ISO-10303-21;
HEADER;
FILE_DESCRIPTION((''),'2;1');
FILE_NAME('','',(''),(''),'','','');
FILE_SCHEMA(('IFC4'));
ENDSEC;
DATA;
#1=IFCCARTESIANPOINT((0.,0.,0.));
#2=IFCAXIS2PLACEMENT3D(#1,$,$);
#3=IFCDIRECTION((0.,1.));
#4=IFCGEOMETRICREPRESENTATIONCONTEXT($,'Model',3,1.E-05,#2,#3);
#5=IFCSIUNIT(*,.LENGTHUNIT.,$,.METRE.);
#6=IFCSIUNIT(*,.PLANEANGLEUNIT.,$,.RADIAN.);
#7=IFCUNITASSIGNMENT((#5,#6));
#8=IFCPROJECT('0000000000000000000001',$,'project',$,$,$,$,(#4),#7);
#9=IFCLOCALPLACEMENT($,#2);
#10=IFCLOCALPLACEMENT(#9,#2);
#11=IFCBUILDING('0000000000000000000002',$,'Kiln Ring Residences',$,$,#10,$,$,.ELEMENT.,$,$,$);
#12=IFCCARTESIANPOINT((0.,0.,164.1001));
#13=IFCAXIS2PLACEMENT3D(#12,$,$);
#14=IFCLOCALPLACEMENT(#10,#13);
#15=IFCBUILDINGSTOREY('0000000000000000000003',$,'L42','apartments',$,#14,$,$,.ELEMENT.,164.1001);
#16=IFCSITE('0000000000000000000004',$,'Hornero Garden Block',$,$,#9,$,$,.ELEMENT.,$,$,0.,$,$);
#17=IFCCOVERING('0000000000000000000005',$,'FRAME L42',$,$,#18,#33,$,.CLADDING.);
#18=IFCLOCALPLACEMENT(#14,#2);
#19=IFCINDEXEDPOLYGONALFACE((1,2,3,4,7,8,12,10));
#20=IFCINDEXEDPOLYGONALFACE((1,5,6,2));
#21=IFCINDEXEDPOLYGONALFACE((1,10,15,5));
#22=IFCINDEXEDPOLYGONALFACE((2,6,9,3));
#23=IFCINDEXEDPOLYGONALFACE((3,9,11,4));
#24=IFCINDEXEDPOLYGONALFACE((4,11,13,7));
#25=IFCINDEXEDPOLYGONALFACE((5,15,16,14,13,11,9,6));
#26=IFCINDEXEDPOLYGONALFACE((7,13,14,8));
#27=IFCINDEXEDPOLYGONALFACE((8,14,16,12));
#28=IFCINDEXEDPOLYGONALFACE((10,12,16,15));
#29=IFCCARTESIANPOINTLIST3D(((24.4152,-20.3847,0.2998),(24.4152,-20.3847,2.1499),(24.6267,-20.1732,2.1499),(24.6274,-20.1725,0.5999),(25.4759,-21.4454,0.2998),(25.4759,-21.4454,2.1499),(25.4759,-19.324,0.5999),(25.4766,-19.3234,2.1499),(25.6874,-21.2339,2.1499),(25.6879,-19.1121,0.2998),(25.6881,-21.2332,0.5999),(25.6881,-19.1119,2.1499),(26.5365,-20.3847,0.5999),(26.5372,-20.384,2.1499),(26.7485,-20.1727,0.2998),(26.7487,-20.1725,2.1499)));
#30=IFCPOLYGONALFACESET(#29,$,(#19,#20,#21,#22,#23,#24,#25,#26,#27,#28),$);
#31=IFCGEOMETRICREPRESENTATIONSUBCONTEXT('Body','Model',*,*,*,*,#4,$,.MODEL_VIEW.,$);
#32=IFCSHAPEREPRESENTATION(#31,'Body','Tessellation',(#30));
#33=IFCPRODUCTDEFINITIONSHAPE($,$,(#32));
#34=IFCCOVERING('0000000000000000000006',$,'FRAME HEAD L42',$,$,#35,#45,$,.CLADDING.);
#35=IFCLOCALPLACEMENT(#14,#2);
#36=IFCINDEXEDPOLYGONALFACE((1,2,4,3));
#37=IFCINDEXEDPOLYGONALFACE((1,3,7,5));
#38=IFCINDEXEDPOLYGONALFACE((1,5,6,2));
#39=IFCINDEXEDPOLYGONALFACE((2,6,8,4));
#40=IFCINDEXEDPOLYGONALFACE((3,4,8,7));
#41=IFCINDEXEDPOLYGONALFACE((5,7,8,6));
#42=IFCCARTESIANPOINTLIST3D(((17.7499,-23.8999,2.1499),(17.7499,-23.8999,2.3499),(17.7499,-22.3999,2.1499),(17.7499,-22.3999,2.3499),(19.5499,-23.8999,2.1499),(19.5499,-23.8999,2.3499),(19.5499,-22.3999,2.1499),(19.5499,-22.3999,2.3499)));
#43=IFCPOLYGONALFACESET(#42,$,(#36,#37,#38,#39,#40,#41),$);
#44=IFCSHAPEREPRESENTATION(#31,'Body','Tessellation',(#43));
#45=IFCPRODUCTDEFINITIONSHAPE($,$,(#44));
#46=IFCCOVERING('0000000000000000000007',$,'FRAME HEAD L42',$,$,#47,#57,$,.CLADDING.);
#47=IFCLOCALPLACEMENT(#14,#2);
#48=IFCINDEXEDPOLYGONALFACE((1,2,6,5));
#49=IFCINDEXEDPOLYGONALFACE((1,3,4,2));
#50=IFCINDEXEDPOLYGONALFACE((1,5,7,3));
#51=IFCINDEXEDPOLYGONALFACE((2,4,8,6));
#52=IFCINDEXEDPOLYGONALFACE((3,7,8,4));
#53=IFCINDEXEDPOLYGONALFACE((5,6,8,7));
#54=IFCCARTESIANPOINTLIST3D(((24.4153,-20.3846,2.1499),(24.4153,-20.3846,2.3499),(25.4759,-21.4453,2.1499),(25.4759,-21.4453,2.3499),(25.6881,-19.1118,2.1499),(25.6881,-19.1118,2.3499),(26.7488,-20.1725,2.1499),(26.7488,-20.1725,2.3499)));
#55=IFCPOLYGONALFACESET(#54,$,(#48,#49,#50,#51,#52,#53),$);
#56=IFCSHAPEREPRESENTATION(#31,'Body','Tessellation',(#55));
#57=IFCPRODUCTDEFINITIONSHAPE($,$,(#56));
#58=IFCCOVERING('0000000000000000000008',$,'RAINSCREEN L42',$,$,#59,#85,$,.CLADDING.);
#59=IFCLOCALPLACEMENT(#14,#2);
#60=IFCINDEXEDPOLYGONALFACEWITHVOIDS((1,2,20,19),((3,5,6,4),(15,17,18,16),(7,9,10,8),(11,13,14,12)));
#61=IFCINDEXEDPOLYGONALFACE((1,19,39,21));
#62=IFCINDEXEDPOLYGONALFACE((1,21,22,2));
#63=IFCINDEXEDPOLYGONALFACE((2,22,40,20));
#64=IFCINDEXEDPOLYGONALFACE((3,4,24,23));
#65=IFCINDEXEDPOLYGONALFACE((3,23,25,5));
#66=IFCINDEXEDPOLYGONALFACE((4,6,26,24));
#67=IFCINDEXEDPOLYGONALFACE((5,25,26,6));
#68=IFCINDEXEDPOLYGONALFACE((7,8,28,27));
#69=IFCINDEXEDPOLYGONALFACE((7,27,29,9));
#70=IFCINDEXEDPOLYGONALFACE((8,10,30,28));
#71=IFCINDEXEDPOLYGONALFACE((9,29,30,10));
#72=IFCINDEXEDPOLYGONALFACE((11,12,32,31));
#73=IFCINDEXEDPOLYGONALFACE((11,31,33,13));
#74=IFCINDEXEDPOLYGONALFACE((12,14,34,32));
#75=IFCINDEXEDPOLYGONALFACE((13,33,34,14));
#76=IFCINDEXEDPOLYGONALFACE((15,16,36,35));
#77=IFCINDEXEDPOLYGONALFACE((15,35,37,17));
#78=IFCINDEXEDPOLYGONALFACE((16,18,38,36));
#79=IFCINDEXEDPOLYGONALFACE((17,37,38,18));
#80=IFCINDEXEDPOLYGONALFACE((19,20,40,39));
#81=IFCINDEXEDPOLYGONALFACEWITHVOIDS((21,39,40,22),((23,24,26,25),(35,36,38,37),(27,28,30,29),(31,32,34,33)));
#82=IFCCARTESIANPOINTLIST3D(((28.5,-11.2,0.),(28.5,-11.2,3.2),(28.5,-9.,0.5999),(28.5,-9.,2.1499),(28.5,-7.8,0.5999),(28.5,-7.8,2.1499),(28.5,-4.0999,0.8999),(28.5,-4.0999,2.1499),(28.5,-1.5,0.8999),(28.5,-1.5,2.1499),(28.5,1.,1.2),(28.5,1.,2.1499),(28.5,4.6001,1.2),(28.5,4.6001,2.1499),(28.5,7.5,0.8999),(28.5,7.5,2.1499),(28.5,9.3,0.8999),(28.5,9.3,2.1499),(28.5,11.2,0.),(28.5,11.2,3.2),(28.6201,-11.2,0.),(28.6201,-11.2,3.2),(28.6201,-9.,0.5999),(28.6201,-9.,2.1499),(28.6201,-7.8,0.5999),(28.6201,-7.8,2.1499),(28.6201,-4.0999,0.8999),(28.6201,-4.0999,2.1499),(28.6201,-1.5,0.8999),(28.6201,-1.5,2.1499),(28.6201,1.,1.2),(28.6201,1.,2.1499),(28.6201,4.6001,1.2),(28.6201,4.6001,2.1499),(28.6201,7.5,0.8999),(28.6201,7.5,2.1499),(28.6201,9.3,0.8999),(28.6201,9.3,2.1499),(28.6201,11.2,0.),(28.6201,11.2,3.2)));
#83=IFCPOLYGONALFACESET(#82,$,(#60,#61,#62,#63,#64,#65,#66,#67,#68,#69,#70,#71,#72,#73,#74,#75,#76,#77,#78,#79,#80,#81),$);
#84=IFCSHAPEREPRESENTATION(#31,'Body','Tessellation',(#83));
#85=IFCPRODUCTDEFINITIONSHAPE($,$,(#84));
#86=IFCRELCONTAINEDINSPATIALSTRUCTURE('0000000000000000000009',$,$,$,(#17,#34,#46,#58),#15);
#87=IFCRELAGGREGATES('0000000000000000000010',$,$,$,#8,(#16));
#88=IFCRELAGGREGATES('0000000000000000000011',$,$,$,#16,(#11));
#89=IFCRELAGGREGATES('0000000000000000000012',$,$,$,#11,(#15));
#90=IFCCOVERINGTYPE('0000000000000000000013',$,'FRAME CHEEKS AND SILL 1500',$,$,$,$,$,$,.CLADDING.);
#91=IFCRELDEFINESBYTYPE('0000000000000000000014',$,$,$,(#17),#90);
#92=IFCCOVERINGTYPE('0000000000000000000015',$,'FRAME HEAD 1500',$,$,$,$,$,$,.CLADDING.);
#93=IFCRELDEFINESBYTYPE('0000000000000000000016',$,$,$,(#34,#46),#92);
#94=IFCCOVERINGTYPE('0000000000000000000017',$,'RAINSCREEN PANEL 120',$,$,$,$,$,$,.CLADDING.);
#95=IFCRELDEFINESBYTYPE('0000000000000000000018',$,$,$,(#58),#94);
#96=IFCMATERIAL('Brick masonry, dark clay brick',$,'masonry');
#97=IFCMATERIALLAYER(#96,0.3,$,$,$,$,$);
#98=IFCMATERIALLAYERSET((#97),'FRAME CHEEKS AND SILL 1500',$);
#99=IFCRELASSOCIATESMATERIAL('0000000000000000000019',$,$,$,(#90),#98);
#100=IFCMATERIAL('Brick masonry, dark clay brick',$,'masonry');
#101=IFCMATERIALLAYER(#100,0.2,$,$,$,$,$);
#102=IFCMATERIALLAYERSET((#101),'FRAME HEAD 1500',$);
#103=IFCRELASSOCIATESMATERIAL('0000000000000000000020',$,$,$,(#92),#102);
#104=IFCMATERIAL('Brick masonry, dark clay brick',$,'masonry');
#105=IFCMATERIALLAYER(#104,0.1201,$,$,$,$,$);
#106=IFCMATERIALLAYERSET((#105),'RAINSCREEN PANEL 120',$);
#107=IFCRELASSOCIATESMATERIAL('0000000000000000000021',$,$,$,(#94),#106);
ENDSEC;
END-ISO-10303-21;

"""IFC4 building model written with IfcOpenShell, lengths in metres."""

from ifc_helpers import new_model, si_unit, direction, frame, origin, origin_2d, place, context, subcontext, project, spatial, polyline, rectangle, outline, extrude, material, layer, layer_set, type_object, element, save


model = new_model("IFC4")

# Units and contexts
model_context = context("Model", 3, precision=1e-05, world=origin(), true_north=direction((0.0, 1.0)))
body_context = subcontext(model_context, "Body", "Model", "MODEL_VIEW")
ifc_project = project(units=[si_unit("LENGTHUNIT", "METRE"), si_unit("PLANEANGLEUNIT", "RADIAN")], contexts=[model_context])

# Site, building, storey
site_placement = place(None, origin())
site = spatial("IfcSite", under=ifc_project, at=site_placement, Name="Hornero Garden Block", CompositionType="ELEMENT", RefElevation=0.0)
building_placement = place(site_placement, origin())
building = spatial("IfcBuilding", under=site, at=building_placement, Name="Kiln Ring Residences", CompositionType="ELEMENT")
storey_placement = place(building_placement, frame((0.0, 0.0, 164.1001)))
storey = spatial("IfcBuildingStorey", under=building, at=storey_placement, Name="L42", Description="apartments", CompositionType="ELEMENT", Elevation=164.1001)

# Coverings
ifc_material_1 = material(Name="Brick masonry, dark clay brick", Category="masonry")
ifc_layer_1 = layer(ifc_material_1, 0.3)
ifc_layer_set_1 = layer_set([ifc_layer_1], Name="FRAME CHEEKS AND SILL 1500")
covering_type_1 = type_object("IfcCoveringType", Name="FRAME CHEEKS AND SILL 1500", PredefinedType="CLADDING", material=ifc_layer_set_1)
covering_1_placement = place(storey_placement, frame((24.9456, -20.915, 0.2998), z_axis=(0.0, 0.0, 1.0), x_axis=(0.707107, 0.707107, 0.0)))
element("IfcCovering", 1, at=covering_1_placement, inside=storey, type_object=covering_type_1, Name="FRAME L42", PredefinedType="CLADDING", context=body_context, shape_type="SweptSolid", body=[
    extrude(outline(polyline([(0.0, 0.0), (1.7998, 0.0), (1.8, 1.8501), (1.501, 1.8501), (1.5, 0.3), (0.3, 0.3), (0.2991, 1.8501), (0.0, 1.8501), (0.0, 0.0)])), frame((0.0, 0.75, 0.0), z_axis=(0.0, -1.0, 0.0), x_axis=(1.0, 0.0, 0.0)), (0.0, 0.0, 1.0), 1.5),
])
ifc_material_2 = material(Name="Brick masonry, dark clay brick", Category="masonry")
ifc_layer_2 = layer(ifc_material_2, 0.2)
ifc_layer_set_2 = layer_set([ifc_layer_2], Name="FRAME HEAD 1500")
covering_type_2 = type_object("IfcCoveringType", Name="FRAME HEAD 1500", PredefinedType="CLADDING", material=ifc_layer_set_2)
for number, where, z_axis, x_axis, name in (
    (2, (18.6499, -23.1499, 2.1499), (0.0, 0.0, 1.0), (1.0, 0.0, 0.0), "FRAME HEAD L42"),
    (3, (25.582, -20.2786, 2.1499), (0.0, 0.0, 1.0), (0.707107, 0.707107, 0.0), "FRAME HEAD L42"),
):
    element("IfcCovering", number, at=place(storey_placement, frame(where, z_axis=z_axis, x_axis=x_axis)), inside=storey, type_object=covering_type_2, Name=name, PredefinedType="CLADDING", context=body_context, shape_type="SweptSolid", body=[
        extrude(rectangle(XDim=1.8, YDim=1.5, at=origin_2d()), origin(), (0.0, 0.0, 1.0), 0.2),
    ])
ifc_material_3 = material(Name="Brick masonry, dark clay brick", Category="masonry")
ifc_layer_3 = layer(ifc_material_3, 0.1201)
ifc_layer_set_3 = layer_set([ifc_layer_3], Name="RAINSCREEN PANEL 120")
covering_type_3 = type_object("IfcCoveringType", Name="RAINSCREEN PANEL 120", PredefinedType="CLADDING", material=ifc_layer_set_3)
covering_2_placement = place(storey_placement, frame((28.5601, -11.2, 0.0), z_axis=(0.0, 0.0, 1.0), x_axis=(0.0, 1.0, 0.0)))
element("IfcCovering", 4, at=covering_2_placement, inside=storey, type_object=covering_type_3, Name="RAINSCREEN L42", PredefinedType="CLADDING", context=body_context, shape_type="SweptSolid", body=[
    extrude(outline(polyline([(0.0, 0.0), (22.3999, 0.0), (22.3999, 3.2), (0.0, 3.2), (0.0, 0.0)]), holes=[polyline([(3.3999, 0.5999), (3.3999, 2.1499), (2.2, 2.1499), (2.2, 0.5999), (3.3999, 0.5999)]), polyline([(9.7, 0.8999), (9.7, 2.1499), (7.1001, 2.1499), (7.1001, 0.8999), (9.7, 0.8999)]), polyline([(20.5, 0.8999), (20.5, 2.1499), (18.7, 2.1499), (18.7, 0.8999), (20.5, 0.8999)]), polyline([(15.8, 1.2), (15.8, 2.1499), (12.2, 2.1499), (12.2, 1.2), (15.8, 1.2)])]), frame((0.0, 0.0601, 0.0), z_axis=(0.0, -1.0, 0.0), x_axis=(1.0, 0.0, 0.0)), (0.0, 0.0, 1.0), 0.1201),
])

save(model, "model.ifc")
